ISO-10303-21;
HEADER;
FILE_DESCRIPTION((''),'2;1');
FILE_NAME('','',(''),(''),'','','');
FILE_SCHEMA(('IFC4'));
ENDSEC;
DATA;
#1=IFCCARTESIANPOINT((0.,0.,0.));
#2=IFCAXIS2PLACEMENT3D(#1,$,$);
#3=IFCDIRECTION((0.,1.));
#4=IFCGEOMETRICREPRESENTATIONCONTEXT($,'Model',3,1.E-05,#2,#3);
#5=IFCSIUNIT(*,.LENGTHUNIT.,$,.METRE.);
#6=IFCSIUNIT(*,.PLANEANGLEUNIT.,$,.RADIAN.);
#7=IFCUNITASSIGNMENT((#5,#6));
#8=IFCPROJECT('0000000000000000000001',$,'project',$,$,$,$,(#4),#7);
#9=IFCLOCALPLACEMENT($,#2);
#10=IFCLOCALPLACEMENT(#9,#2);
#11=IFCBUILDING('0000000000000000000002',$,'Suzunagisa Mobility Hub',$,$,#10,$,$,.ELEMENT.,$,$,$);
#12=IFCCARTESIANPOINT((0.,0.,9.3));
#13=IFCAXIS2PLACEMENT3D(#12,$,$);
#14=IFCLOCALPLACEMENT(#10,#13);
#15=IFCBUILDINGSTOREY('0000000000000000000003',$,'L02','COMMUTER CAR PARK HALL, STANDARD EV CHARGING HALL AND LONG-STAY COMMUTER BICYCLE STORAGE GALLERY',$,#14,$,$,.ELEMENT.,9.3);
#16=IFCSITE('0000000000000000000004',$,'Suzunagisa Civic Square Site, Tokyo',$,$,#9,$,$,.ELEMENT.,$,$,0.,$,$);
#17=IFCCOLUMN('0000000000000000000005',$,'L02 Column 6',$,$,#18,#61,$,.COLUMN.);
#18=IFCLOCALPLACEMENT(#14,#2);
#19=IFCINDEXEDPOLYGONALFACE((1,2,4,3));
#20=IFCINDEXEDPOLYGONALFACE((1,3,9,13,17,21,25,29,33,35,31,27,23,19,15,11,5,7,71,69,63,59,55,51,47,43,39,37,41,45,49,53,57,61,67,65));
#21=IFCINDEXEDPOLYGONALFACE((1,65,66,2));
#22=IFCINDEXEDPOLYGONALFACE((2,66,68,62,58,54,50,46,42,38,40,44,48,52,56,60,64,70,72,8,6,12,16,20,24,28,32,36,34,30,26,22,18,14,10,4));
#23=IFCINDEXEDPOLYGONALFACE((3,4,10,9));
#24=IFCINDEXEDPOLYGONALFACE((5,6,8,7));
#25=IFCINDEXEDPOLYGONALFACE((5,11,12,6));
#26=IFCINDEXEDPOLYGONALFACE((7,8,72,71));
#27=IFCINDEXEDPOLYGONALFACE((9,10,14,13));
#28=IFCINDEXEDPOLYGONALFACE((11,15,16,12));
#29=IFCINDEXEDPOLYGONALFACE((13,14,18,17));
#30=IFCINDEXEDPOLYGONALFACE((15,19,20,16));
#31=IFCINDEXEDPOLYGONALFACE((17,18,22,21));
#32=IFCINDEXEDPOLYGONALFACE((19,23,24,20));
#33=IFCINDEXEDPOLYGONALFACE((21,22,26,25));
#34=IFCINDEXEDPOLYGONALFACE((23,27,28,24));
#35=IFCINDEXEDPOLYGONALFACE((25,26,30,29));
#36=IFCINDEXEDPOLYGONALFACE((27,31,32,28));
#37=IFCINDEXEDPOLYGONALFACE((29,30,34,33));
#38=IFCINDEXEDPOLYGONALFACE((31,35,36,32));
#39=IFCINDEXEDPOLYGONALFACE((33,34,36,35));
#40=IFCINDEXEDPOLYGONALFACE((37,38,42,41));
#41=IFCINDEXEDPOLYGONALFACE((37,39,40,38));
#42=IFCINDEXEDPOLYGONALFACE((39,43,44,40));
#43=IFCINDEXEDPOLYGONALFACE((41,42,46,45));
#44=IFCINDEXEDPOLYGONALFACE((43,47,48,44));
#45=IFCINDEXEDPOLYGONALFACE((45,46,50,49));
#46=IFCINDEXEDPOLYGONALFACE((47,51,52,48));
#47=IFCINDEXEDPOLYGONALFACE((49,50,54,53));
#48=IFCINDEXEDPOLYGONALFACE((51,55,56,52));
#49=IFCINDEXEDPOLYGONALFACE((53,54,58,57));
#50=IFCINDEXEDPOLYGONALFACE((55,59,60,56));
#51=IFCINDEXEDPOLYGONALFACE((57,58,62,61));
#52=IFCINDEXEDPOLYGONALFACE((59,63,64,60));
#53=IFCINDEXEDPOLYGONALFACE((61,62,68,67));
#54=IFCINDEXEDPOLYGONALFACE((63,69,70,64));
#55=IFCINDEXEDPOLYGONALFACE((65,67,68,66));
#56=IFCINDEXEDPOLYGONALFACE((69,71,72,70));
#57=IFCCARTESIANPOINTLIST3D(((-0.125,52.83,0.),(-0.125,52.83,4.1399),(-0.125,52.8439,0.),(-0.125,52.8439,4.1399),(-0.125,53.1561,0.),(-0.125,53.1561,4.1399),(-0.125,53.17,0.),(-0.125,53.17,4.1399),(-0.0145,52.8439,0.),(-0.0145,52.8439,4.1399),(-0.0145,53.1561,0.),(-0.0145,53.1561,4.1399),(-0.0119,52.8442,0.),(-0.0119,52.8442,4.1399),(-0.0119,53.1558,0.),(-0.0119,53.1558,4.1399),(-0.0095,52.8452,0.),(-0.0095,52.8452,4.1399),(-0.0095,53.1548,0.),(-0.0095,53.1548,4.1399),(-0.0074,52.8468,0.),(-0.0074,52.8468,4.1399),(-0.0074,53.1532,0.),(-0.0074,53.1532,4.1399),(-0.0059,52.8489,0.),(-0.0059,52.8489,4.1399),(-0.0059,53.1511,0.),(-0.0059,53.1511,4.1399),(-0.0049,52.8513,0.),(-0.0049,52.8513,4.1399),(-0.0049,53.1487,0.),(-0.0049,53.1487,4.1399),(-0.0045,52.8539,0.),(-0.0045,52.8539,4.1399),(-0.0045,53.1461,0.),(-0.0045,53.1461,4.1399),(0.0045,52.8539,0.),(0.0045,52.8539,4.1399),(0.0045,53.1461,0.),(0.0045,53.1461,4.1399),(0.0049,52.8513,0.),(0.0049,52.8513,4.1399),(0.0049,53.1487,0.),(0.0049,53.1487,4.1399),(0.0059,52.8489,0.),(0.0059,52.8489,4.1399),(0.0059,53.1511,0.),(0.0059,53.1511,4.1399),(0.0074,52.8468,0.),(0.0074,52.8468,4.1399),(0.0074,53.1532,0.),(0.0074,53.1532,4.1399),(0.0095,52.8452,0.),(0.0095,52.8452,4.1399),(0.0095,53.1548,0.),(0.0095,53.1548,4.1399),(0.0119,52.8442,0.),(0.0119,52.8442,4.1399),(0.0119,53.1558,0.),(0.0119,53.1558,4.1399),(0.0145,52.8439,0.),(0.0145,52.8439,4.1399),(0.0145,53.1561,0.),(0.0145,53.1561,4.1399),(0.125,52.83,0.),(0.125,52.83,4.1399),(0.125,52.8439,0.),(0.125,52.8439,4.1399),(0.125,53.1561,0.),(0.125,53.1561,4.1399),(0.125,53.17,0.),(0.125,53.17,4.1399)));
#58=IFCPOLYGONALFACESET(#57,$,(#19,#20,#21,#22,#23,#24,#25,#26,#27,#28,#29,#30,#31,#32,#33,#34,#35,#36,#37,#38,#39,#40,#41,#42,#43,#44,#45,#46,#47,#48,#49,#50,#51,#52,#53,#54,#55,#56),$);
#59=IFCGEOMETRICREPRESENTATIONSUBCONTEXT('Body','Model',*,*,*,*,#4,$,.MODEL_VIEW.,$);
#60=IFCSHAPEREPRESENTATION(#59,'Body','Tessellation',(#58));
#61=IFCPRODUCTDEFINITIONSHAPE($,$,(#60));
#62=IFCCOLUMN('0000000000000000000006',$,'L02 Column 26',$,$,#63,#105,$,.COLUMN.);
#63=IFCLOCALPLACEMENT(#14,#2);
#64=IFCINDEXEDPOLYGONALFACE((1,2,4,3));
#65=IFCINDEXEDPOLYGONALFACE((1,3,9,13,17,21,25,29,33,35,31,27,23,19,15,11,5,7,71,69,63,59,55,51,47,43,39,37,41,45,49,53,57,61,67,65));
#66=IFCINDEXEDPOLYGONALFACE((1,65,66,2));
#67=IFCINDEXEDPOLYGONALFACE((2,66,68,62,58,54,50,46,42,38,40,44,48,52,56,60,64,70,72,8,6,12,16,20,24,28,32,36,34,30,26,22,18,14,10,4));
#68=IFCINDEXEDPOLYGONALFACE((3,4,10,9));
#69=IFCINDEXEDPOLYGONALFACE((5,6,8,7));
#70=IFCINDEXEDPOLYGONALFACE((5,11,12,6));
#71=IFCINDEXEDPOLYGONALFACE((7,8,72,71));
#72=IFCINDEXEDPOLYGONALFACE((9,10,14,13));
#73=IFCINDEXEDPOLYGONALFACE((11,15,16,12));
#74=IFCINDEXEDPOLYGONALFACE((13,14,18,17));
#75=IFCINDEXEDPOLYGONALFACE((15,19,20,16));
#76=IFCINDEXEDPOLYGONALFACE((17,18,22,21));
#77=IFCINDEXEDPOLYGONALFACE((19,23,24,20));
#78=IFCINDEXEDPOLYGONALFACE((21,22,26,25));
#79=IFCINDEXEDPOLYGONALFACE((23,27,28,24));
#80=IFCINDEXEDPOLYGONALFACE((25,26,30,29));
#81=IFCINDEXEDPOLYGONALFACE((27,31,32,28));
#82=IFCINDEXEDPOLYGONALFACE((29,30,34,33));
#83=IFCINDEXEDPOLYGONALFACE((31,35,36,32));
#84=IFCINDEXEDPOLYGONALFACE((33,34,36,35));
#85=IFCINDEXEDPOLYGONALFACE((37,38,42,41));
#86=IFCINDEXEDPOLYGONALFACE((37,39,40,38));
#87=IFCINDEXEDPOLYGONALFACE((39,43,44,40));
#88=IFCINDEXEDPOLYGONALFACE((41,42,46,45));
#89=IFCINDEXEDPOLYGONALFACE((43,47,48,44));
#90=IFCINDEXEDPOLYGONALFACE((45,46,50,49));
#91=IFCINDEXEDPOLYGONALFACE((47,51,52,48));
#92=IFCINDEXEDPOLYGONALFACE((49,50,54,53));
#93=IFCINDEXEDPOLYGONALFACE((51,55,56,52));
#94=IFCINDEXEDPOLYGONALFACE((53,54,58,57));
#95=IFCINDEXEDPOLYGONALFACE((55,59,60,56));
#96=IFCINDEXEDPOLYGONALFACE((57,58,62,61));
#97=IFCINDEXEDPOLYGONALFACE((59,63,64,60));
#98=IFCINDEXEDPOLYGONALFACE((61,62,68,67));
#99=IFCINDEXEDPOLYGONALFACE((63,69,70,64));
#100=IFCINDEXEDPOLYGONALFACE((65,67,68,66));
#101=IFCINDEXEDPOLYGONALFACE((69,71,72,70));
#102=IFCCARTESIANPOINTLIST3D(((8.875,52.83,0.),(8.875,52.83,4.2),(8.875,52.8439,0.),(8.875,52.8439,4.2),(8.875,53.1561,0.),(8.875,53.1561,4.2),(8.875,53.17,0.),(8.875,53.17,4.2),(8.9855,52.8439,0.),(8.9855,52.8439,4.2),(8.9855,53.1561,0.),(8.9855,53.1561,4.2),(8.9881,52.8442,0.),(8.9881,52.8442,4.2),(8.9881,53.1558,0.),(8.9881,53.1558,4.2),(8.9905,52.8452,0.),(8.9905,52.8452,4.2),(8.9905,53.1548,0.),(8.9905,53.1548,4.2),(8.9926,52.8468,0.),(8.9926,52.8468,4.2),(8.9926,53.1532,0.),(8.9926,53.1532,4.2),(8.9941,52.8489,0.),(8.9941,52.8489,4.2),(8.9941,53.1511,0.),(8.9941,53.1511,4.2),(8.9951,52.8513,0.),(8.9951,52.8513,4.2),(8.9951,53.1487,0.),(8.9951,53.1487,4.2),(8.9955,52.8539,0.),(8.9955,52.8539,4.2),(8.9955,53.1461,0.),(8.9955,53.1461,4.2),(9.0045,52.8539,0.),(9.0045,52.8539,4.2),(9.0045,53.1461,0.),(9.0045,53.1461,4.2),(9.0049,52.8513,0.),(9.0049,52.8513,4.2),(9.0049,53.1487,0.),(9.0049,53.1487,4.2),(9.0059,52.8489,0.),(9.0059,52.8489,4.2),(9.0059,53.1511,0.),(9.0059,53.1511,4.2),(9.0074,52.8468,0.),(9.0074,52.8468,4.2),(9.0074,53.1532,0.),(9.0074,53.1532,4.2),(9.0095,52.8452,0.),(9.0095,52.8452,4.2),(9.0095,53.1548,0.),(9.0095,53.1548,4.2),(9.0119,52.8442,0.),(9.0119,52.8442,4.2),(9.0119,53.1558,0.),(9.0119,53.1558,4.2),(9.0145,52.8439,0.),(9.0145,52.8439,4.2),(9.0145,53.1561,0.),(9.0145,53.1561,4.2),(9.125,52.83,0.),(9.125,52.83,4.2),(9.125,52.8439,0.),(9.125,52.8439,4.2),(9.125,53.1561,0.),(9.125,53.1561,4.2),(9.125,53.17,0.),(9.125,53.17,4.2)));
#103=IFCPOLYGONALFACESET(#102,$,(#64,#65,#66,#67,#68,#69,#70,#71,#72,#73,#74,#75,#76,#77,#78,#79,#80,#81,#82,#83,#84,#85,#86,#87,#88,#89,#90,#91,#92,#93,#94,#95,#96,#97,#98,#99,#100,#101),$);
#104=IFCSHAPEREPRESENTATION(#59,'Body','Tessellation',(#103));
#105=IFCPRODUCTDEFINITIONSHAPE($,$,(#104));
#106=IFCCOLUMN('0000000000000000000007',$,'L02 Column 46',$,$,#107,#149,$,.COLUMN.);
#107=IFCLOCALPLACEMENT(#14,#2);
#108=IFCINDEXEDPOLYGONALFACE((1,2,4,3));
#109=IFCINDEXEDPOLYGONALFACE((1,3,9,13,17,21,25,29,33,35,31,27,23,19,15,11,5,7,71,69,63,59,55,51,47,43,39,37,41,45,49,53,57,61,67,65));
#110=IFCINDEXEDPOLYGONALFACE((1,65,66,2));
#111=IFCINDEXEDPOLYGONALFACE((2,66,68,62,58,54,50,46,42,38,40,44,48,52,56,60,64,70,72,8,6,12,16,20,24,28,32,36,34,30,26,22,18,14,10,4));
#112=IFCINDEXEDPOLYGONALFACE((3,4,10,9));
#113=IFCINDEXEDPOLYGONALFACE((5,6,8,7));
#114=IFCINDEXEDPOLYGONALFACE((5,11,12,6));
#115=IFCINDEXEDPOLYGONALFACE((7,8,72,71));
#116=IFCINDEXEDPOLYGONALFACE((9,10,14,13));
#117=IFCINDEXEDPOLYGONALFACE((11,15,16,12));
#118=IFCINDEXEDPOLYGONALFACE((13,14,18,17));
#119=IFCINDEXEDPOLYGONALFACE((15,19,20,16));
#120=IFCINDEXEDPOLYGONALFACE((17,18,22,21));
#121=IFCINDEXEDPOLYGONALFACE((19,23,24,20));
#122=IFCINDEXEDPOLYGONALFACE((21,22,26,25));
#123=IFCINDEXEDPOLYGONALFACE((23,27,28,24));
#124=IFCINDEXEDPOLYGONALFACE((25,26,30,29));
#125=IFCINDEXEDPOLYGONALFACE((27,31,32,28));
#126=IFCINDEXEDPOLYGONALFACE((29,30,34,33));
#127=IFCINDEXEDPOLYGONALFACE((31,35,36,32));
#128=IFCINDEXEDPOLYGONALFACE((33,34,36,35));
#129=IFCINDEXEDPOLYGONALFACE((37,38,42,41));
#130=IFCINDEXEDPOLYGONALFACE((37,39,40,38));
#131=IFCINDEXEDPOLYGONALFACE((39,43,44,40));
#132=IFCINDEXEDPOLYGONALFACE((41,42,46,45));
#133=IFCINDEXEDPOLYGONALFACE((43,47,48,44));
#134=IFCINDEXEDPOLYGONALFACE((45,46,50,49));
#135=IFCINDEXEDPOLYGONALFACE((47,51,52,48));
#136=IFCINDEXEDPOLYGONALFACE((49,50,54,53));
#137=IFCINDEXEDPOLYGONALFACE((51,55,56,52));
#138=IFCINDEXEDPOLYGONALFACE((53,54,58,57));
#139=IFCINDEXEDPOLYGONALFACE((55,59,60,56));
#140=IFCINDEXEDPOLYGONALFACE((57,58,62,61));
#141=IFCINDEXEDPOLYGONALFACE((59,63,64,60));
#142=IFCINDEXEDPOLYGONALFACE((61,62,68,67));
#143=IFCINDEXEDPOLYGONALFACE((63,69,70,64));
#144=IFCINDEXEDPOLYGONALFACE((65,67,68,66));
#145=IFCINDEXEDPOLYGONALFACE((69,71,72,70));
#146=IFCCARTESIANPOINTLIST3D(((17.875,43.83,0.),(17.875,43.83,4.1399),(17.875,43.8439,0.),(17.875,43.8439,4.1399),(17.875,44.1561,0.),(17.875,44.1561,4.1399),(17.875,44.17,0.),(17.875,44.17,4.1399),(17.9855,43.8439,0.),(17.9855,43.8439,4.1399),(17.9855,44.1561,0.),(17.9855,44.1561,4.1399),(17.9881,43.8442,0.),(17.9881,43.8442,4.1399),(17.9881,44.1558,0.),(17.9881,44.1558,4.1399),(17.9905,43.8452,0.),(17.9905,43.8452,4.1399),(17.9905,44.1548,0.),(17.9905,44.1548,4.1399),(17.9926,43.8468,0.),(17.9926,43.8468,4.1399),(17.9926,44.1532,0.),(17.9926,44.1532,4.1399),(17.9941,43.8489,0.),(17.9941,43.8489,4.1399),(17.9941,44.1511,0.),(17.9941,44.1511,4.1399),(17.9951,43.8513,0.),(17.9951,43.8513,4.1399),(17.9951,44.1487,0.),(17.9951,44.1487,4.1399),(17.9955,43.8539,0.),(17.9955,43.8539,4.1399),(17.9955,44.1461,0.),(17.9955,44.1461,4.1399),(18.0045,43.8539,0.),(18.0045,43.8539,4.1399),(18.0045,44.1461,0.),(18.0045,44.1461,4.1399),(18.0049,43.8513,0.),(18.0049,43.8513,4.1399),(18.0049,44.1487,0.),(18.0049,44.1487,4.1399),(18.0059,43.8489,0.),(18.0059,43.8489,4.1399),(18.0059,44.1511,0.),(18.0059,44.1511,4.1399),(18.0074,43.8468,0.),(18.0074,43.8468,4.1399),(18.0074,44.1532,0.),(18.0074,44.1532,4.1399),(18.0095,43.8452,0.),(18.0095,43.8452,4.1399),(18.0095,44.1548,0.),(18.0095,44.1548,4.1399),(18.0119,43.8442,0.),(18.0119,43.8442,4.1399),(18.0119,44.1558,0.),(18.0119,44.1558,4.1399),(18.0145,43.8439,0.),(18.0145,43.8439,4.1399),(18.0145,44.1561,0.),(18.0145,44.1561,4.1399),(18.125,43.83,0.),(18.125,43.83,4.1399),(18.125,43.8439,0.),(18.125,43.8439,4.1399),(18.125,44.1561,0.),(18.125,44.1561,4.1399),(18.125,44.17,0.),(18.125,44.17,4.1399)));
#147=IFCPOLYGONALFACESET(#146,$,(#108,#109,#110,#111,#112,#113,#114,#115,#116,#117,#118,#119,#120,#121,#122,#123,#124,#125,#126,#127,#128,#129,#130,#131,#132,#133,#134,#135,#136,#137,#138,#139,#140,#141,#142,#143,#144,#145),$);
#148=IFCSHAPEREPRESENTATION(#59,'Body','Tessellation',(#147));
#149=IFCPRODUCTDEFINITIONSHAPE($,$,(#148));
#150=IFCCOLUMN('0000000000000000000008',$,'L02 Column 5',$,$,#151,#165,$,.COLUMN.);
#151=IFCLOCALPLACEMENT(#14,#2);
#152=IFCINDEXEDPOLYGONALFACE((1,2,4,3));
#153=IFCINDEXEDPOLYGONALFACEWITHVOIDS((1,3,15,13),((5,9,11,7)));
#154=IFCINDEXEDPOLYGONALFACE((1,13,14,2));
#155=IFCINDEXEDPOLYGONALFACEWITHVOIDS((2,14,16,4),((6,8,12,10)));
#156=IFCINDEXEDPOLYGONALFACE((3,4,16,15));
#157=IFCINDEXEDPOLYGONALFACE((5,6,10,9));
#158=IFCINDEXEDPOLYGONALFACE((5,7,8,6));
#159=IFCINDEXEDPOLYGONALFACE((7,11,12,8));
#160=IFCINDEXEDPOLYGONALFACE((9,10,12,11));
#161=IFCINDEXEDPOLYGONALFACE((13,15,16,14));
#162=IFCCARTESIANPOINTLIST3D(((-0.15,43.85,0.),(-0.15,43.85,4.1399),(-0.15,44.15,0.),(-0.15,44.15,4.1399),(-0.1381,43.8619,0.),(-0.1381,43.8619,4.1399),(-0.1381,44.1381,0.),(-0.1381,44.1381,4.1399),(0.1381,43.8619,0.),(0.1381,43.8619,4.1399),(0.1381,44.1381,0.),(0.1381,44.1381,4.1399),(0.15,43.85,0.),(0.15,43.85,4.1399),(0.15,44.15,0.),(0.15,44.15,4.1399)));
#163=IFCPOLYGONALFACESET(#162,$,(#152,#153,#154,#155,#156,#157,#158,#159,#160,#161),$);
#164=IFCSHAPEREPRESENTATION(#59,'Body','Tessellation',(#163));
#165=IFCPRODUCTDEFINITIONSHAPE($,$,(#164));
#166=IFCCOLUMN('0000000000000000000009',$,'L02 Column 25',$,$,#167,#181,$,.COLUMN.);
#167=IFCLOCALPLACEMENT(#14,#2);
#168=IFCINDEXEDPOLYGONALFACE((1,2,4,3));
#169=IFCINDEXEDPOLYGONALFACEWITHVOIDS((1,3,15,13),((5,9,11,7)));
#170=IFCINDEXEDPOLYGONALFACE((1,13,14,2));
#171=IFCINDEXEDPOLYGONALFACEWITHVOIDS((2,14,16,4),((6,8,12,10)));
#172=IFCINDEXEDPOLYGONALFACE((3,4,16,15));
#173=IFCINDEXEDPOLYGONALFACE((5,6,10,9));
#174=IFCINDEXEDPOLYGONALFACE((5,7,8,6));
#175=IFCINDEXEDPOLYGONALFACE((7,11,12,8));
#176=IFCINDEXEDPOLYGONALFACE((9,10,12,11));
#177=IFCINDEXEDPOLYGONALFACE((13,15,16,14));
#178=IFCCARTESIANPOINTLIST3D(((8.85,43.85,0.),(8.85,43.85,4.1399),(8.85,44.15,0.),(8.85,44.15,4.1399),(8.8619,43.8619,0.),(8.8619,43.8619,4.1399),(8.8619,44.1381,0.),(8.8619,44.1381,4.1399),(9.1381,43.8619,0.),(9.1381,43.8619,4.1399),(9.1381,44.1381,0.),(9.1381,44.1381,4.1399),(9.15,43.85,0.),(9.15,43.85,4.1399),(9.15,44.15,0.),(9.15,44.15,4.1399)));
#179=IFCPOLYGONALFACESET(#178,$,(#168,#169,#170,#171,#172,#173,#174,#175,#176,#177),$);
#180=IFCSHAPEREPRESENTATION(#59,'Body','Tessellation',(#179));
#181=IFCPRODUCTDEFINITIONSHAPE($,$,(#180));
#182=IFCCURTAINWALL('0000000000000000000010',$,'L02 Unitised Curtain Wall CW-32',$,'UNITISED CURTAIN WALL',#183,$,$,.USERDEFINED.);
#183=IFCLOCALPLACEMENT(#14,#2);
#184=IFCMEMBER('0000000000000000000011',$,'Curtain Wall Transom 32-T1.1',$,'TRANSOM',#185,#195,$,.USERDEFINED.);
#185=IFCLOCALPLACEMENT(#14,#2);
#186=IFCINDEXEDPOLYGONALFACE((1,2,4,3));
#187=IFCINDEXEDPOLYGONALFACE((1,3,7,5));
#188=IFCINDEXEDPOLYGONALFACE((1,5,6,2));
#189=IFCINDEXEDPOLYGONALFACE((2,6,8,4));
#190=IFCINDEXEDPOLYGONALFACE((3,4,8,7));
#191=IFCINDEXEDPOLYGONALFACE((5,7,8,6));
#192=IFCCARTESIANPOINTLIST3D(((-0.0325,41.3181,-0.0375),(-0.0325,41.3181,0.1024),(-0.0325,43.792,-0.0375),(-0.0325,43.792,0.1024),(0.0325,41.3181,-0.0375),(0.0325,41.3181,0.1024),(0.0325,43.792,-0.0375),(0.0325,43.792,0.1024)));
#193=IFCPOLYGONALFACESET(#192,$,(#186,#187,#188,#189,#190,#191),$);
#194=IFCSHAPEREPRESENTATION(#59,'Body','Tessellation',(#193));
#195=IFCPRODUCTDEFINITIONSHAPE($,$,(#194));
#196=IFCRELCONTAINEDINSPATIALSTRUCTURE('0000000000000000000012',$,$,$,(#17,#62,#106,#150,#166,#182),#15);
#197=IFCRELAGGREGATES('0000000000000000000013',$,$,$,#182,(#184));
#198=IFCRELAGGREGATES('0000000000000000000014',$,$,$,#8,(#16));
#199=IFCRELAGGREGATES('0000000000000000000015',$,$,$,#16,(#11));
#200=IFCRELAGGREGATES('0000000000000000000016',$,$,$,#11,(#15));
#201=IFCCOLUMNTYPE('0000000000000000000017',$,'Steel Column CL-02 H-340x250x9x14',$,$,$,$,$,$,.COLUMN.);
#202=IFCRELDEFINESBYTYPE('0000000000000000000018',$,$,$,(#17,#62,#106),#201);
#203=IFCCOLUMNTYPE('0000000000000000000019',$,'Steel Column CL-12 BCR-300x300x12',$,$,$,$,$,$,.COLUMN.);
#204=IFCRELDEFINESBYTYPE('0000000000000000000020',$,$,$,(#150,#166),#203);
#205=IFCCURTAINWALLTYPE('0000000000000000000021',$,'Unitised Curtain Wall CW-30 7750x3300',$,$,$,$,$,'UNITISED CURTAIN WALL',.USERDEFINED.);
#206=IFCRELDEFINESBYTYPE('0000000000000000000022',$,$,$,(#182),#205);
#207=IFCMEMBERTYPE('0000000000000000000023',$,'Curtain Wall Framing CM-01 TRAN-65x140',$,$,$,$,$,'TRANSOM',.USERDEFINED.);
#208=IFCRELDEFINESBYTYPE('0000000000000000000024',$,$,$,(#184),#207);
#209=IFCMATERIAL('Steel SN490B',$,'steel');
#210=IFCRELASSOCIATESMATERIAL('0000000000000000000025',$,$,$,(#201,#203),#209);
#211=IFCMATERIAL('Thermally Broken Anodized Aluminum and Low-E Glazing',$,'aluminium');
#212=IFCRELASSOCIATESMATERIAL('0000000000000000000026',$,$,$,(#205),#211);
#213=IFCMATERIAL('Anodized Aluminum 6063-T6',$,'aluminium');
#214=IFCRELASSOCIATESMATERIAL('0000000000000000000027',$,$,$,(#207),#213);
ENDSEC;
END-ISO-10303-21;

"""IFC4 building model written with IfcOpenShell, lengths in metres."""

from ifc_helpers import new_model, si_unit, direction, frame, origin, origin_2d, place, context, subcontext, project, spatial, rectangle, hollow_rectangle, i_section, extrude, material, material_profile, profile_set, type_object, element, aggregate, save


model = new_model("IFC4")

# Units and contexts
model_context = context("Model", 3, precision=1e-05, world=origin(), true_north=direction((0.0, 1.0)))
body_context = subcontext(model_context, "Body", "Model", "MODEL_VIEW")
ifc_project = project(units=[si_unit("LENGTHUNIT", "METRE"), si_unit("PLANEANGLEUNIT", "RADIAN")], contexts=[model_context])

# Site, building, storey
site_placement = place(None, origin())
site = spatial("IfcSite", under=ifc_project, at=site_placement, Name="Suzunagisa Civic Square Site, Tokyo", CompositionType="ELEMENT", RefElevation=0.0)
building_placement = place(site_placement, origin())
building = spatial("IfcBuilding", under=site, at=building_placement, Name="Suzunagisa Mobility Hub", CompositionType="ELEMENT")
storey_placement = place(building_placement, frame((0.0, 0.0, 9.3)))
storey = spatial("IfcBuildingStorey", under=building, at=storey_placement, Name="L02", Description="COMMUTER CAR PARK HALL, STANDARD EV CHARGING HALL AND LONG-STAY COMMUTER BICYCLE STORAGE GALLERY", CompositionType="ELEMENT", Elevation=9.3)

# Columns
ifc_material_1 = material(Name="Steel SN490B", Category="steel")
ifc_material_profile_1 = material_profile(ifc_material_1, i_section(OverallWidth=0.25, OverallDepth=0.3401, WebThickness=0.009, FlangeThickness=0.0139, FilletRadius=0.01, at=origin_2d()), Name="H-340x250x9x14")
ifc_profile_set_1 = profile_set([ifc_material_profile_1], Name="Steel SN490B")
column_type_1 = type_object("IfcColumnType", Name="Steel Column CL-02 H-340x250x9x14", PredefinedType="COLUMN", material=ifc_profile_set_1)
column_1_placement = place(storey_placement, frame((0.0, 53.0, 0.0), z_axis=(0.0, 0.0, 1.0), x_axis=(1.0, 0.0, 0.0)))
element("IfcColumn", 1, at=column_1_placement, inside=storey, type_object=column_type_1, Name="L02 Column 6", PredefinedType="COLUMN", context=body_context, shape_type="SweptSolid", body=[
    extrude(i_section(OverallWidth=0.25, OverallDepth=0.3401, WebThickness=0.009, FlangeThickness=0.0139, FilletRadius=0.01, at=origin_2d()), origin(), (0.0, 0.0, 1.0), 4.1399),
])
column_2_placement = place(storey_placement, frame((9.0, 53.0, 0.0), z_axis=(0.0, 0.0, 1.0), x_axis=(1.0, 0.0, 0.0)))
element("IfcColumn", 2, at=column_2_placement, inside=storey, type_object=column_type_1, Name="L02 Column 26", PredefinedType="COLUMN", context=body_context, shape_type="SweptSolid", body=[
    extrude(i_section(OverallWidth=0.25, OverallDepth=0.3401, WebThickness=0.009, FlangeThickness=0.0139, FilletRadius=0.01, at=origin_2d()), origin(), (0.0, 0.0, 1.0), 4.2),
])
column_3_placement = place(storey_placement, frame((18.0, 44.0, 0.0), z_axis=(0.0, 0.0, 1.0), x_axis=(1.0, 0.0, 0.0)))
element("IfcColumn", 3, at=column_3_placement, inside=storey, type_object=column_type_1, Name="L02 Column 46", PredefinedType="COLUMN", context=body_context, shape_type="SweptSolid", body=[
    extrude(i_section(OverallWidth=0.25, OverallDepth=0.3401, WebThickness=0.009, FlangeThickness=0.0139, FilletRadius=0.01, at=origin_2d()), origin(), (0.0, 0.0, 1.0), 4.1399),
])
ifc_material_profile_2 = material_profile(ifc_material_1, hollow_rectangle(XDim=0.3, YDim=0.3, WallThickness=0.012, at=origin_2d()), Name="BCR-300x300x12")
ifc_profile_set_2 = profile_set([ifc_material_profile_2], Name="Steel SN490B")
column_type_2 = type_object("IfcColumnType", Name="Steel Column CL-12 BCR-300x300x12", PredefinedType="COLUMN", material=ifc_profile_set_2)
for number, where, z_axis, x_axis, name in (
    (4, (0.0, 44.0, 0.0), (0.0, 0.0, 1.0), (1.0, 0.0, 0.0), "L02 Column 5"),
    (5, (9.0, 44.0, 0.0), (0.0, 0.0, 1.0), (1.0, 0.0, 0.0), "L02 Column 25"),
):
    element("IfcColumn", number, at=place(storey_placement, frame(where, z_axis=z_axis, x_axis=x_axis)), inside=storey, type_object=column_type_2, Name=name, PredefinedType="COLUMN", context=body_context, shape_type="SweptSolid", body=[
        extrude(hollow_rectangle(XDim=0.3, YDim=0.3, WallThickness=0.012, at=origin_2d()), origin(), (0.0, 0.0, 1.0), 4.1399),
    ])

# Curtain wall, member
ifc_material_2 = material(Name="Thermally Broken Anodized Aluminum and Low-E Glazing", Category="aluminium")
curtain_wall_type = type_object("IfcCurtainWallType", Name="Unitised Curtain Wall CW-30 7750x3300", ElementType="UNITISED CURTAIN WALL", PredefinedType="USERDEFINED", material=ifc_material_2)
curtain_wall_placement = place(storey_placement, origin())
curtain_wall = element("IfcCurtainWall", 6, at=curtain_wall_placement, inside=storey, type_object=curtain_wall_type, Name="L02 Unitised Curtain Wall CW-32", ObjectType="UNITISED CURTAIN WALL", PredefinedType="USERDEFINED")
ifc_material_3 = material(Name="Anodized Aluminum 6063-T6", Category="aluminium")
ifc_material_profile_3 = material_profile(ifc_material_3, rectangle(XDim=0.0649, YDim=0.1399, at=origin_2d()), Name="TRAN-65x140")
ifc_profile_set_3 = profile_set([ifc_material_profile_3], Name="Anodized Aluminum 6063-T6")
member_type_1 = type_object("IfcMemberType", Name="Curtain Wall Framing CM-01 TRAN-65x140", ElementType="TRANSOM", PredefinedType="USERDEFINED", material=ifc_profile_set_3)
member_1_placement = place(storey_placement, frame((0.0, 43.792, 0.0325), z_axis=(0.0, -1.0, 0.0), x_axis=(1.0, 0.0, 0.0)))
member_1 = element("IfcMember", 7, at=member_1_placement, type_object=member_type_1, Name="Curtain Wall Transom 32-T1.1", ObjectType="TRANSOM", PredefinedType="USERDEFINED", context=body_context, shape_type="SweptSolid", body=[
    extrude(rectangle(XDim=0.0649, YDim=0.1399, at=origin_2d()), origin(), (0.0, 0.0, 1.0), 2.4739),
])

aggregate(curtain_wall, [member_1])

save(model, "model.ifc")
